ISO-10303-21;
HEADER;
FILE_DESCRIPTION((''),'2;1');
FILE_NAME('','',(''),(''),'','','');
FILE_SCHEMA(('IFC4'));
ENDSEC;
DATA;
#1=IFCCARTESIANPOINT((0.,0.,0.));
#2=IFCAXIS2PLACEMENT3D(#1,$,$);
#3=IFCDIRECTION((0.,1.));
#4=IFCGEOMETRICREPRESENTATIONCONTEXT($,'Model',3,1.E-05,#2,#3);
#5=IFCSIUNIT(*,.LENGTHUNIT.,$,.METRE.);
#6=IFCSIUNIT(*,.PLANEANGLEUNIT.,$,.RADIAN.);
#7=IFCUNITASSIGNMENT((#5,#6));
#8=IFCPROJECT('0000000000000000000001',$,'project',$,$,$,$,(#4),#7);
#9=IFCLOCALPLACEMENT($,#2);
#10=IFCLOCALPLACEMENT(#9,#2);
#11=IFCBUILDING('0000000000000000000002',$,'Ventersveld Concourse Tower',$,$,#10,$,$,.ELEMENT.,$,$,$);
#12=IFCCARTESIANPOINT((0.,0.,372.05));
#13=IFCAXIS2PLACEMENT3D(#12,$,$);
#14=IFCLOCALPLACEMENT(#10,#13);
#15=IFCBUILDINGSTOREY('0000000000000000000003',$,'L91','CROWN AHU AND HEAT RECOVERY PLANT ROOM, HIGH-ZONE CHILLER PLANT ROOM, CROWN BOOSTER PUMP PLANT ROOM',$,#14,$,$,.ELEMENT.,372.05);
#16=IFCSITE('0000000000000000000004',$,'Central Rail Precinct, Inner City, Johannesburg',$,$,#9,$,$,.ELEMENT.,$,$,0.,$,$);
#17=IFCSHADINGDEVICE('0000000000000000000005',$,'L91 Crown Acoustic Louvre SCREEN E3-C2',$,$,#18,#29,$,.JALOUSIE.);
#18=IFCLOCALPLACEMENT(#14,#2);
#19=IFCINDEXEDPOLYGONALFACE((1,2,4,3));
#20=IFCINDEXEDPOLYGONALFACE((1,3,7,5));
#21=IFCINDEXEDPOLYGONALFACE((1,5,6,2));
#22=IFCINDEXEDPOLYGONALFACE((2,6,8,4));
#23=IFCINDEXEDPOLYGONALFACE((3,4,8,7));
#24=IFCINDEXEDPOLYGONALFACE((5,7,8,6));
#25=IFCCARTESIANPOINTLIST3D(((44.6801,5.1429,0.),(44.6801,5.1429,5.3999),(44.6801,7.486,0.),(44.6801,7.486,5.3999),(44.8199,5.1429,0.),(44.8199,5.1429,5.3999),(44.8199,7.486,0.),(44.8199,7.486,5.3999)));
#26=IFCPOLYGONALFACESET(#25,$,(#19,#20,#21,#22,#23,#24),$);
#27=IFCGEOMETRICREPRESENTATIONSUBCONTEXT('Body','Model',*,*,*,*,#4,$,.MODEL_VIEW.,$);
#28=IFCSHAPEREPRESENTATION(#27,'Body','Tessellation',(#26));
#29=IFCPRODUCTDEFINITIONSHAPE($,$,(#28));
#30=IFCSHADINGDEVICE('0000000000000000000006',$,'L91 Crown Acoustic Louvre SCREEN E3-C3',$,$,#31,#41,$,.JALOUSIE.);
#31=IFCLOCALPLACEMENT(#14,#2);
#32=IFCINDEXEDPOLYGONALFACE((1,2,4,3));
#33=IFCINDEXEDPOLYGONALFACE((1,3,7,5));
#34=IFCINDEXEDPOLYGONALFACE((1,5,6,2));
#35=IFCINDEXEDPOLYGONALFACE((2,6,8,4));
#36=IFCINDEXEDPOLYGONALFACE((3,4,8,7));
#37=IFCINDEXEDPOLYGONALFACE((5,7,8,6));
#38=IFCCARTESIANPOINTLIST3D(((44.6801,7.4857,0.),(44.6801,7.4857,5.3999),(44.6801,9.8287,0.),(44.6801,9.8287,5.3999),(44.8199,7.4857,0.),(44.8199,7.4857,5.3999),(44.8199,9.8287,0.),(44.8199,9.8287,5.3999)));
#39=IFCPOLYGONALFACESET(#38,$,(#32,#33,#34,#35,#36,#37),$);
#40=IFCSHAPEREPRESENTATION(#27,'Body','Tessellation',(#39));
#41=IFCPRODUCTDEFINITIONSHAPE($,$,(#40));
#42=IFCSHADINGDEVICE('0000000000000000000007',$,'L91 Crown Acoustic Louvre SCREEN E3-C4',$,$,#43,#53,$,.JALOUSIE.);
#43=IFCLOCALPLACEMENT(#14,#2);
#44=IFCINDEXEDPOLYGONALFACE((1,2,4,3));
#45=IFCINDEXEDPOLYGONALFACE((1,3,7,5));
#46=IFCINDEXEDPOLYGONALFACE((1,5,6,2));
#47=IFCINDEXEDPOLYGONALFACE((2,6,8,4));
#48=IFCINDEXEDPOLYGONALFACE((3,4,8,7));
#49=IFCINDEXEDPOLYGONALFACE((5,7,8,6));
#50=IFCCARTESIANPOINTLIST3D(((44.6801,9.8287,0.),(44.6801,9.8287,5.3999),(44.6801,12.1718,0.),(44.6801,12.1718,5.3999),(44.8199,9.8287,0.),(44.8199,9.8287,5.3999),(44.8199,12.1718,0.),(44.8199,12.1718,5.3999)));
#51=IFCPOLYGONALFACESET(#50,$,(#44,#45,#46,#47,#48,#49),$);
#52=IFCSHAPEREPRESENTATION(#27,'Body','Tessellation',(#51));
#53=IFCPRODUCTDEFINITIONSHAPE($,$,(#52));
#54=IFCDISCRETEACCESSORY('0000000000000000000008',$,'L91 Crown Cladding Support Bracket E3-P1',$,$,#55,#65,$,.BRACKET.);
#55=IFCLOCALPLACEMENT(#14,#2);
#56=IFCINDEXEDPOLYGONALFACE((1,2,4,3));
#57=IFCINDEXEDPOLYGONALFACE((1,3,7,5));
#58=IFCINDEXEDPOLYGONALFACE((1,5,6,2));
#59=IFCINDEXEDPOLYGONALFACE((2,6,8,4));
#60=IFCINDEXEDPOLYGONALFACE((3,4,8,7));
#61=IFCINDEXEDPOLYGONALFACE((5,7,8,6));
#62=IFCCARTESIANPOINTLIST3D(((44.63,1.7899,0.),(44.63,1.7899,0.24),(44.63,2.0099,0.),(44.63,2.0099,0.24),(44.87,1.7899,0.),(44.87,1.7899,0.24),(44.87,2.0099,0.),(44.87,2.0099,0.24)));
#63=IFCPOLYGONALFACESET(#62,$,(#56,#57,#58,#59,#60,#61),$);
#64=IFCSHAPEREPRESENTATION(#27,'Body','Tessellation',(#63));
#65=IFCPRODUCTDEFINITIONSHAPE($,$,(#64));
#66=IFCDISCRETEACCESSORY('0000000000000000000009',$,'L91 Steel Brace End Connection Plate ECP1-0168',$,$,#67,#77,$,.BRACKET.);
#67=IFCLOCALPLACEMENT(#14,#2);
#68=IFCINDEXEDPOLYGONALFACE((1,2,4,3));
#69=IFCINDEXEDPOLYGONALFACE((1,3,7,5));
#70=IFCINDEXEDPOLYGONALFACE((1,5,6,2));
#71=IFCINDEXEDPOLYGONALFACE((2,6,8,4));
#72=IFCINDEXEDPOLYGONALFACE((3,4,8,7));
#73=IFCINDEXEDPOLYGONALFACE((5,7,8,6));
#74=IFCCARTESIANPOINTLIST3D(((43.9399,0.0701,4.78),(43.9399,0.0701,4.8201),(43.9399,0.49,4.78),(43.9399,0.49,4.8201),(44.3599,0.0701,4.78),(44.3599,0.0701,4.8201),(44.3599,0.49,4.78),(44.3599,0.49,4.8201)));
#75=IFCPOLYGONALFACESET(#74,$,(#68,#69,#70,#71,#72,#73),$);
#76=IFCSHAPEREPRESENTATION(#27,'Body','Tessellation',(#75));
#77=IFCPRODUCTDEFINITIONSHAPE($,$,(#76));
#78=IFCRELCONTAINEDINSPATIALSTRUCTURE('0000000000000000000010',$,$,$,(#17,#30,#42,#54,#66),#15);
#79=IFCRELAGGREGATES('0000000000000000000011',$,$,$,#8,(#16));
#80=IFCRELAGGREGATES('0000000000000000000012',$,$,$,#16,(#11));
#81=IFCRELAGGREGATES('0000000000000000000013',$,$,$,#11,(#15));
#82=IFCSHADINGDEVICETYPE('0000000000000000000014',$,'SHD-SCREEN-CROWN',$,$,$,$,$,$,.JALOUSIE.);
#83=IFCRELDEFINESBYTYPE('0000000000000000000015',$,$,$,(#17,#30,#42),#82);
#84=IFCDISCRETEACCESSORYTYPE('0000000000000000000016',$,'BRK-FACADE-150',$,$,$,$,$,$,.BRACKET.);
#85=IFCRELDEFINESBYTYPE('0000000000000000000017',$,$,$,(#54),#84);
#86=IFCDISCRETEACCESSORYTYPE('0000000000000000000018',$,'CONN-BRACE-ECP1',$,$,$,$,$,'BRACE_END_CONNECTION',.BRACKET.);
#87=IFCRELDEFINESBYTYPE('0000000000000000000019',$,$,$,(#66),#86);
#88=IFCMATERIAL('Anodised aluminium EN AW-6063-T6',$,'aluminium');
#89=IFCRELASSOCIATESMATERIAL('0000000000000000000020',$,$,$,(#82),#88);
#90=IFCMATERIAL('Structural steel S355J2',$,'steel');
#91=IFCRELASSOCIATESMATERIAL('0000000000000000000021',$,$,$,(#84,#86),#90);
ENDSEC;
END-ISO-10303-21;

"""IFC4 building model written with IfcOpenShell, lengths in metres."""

from ifc_helpers import new_model, si_unit, direction, frame, origin, origin_2d, place, context, subcontext, project, spatial, rectangle, extrude, material, type_object, element, save


model = new_model("IFC4")

# Units and contexts
model_context = context("Model", 3, precision=1e-05, world=origin(), true_north=direction((0.0, 1.0)))
body_context = subcontext(model_context, "Body", "Model", "MODEL_VIEW")
ifc_project = project(units=[si_unit("LENGTHUNIT", "METRE"), si_unit("PLANEANGLEUNIT", "RADIAN")], contexts=[model_context])

# Site, building, storey
site_placement = place(None, origin())
site = spatial("IfcSite", under=ifc_project, at=site_placement, Name="Central Rail Precinct, Inner City, Johannesburg", CompositionType="ELEMENT", RefElevation=0.0)
building_placement = place(site_placement, origin())
building = spatial("IfcBuilding", under=site, at=building_placement, Name="Ventersveld Concourse Tower", CompositionType="ELEMENT")
storey_placement = place(building_placement, frame((0.0, 0.0, 372.05)))
storey = spatial("IfcBuildingStorey", under=building, at=storey_placement, Name="L91", Description="CROWN AHU AND HEAT RECOVERY PLANT ROOM, HIGH-ZONE CHILLER PLANT ROOM, CROWN BOOSTER PUMP PLANT ROOM", CompositionType="ELEMENT", Elevation=372.05)

# Shading devices
ifc_material_1 = material(Name="Anodised aluminium EN AW-6063-T6", Category="aluminium")
shading_device_type = type_object("IfcShadingDeviceType", Name="SHD-SCREEN-CROWN", PredefinedType="JALOUSIE", material=ifc_material_1)
for number, where, z_axis, x_axis, name in (
    (1, (44.75, 6.3145, 0.0), (0.0, 0.0, 1.0), (0.0, 1.0, 0.0), "L91 Crown Acoustic Louvre SCREEN E3-C2"),
    (2, (44.75, 8.6572, 0.0), (0.0, 0.0, 1.0), (0.0, 1.0, 0.0), "L91 Crown Acoustic Louvre SCREEN E3-C3"),
    (3, (44.75, 11.0002, 0.0), (0.0, 0.0, 1.0), (0.0, 1.0, 0.0), "L91 Crown Acoustic Louvre SCREEN E3-C4"),
):
    element("IfcShadingDevice", number, at=place(storey_placement, frame(where, z_axis=z_axis, x_axis=x_axis)), inside=storey, type_object=shading_device_type, Name=name, PredefinedType="JALOUSIE", context=body_context, shape_type="SweptSolid", body=[
        extrude(rectangle(XDim=2.343, YDim=0.1399, at=origin_2d()), origin(), (0.0, 0.0, 1.0), 5.3999),
    ])

# Discrete accessories
ifc_material_2 = material(Name="Structural steel S355J2", Category="steel")
discrete_accessory_type_1 = type_object("IfcDiscreteAccessoryType", Name="BRK-FACADE-150", PredefinedType="BRACKET", material=ifc_material_2)
discrete_accessory_1_placement = place(storey_placement, frame((44.75, 1.8999, 0.0), z_axis=(0.0, 0.0, 1.0), x_axis=(0.0, 1.0, 0.0)))
element("IfcDiscreteAccessory", 4, at=discrete_accessory_1_placement, inside=storey, type_object=discrete_accessory_type_1, Name="L91 Crown Cladding Support Bracket E3-P1", PredefinedType="BRACKET", context=body_context, shape_type="SweptSolid", body=[
    extrude(rectangle(XDim=0.22, YDim=0.24, at=origin_2d()), origin(), (0.0, 0.0, 1.0), 0.24),
])
discrete_accessory_type_2 = type_object("IfcDiscreteAccessoryType", Name="CONN-BRACE-ECP1", ElementType="BRACE_END_CONNECTION", PredefinedType="BRACKET", material=ifc_material_2)
discrete_accessory_2_placement = place(storey_placement, frame((44.1499, 0.28, 4.78), z_axis=(0.0, 0.0, 1.0), x_axis=(1.0, 0.0, 0.0)))
element("IfcDiscreteAccessory", 5, at=discrete_accessory_2_placement, inside=storey, type_object=discrete_accessory_type_2, Name="L91 Steel Brace End Connection Plate ECP1-0168", PredefinedType="BRACKET", context=body_context, shape_type="SweptSolid", body=[
    extrude(rectangle(XDim=0.4199, YDim=0.4199, at=origin_2d()), origin(), (0.0, 0.0, 1.0), 0.04),
])

save(model, "model.ifc")
